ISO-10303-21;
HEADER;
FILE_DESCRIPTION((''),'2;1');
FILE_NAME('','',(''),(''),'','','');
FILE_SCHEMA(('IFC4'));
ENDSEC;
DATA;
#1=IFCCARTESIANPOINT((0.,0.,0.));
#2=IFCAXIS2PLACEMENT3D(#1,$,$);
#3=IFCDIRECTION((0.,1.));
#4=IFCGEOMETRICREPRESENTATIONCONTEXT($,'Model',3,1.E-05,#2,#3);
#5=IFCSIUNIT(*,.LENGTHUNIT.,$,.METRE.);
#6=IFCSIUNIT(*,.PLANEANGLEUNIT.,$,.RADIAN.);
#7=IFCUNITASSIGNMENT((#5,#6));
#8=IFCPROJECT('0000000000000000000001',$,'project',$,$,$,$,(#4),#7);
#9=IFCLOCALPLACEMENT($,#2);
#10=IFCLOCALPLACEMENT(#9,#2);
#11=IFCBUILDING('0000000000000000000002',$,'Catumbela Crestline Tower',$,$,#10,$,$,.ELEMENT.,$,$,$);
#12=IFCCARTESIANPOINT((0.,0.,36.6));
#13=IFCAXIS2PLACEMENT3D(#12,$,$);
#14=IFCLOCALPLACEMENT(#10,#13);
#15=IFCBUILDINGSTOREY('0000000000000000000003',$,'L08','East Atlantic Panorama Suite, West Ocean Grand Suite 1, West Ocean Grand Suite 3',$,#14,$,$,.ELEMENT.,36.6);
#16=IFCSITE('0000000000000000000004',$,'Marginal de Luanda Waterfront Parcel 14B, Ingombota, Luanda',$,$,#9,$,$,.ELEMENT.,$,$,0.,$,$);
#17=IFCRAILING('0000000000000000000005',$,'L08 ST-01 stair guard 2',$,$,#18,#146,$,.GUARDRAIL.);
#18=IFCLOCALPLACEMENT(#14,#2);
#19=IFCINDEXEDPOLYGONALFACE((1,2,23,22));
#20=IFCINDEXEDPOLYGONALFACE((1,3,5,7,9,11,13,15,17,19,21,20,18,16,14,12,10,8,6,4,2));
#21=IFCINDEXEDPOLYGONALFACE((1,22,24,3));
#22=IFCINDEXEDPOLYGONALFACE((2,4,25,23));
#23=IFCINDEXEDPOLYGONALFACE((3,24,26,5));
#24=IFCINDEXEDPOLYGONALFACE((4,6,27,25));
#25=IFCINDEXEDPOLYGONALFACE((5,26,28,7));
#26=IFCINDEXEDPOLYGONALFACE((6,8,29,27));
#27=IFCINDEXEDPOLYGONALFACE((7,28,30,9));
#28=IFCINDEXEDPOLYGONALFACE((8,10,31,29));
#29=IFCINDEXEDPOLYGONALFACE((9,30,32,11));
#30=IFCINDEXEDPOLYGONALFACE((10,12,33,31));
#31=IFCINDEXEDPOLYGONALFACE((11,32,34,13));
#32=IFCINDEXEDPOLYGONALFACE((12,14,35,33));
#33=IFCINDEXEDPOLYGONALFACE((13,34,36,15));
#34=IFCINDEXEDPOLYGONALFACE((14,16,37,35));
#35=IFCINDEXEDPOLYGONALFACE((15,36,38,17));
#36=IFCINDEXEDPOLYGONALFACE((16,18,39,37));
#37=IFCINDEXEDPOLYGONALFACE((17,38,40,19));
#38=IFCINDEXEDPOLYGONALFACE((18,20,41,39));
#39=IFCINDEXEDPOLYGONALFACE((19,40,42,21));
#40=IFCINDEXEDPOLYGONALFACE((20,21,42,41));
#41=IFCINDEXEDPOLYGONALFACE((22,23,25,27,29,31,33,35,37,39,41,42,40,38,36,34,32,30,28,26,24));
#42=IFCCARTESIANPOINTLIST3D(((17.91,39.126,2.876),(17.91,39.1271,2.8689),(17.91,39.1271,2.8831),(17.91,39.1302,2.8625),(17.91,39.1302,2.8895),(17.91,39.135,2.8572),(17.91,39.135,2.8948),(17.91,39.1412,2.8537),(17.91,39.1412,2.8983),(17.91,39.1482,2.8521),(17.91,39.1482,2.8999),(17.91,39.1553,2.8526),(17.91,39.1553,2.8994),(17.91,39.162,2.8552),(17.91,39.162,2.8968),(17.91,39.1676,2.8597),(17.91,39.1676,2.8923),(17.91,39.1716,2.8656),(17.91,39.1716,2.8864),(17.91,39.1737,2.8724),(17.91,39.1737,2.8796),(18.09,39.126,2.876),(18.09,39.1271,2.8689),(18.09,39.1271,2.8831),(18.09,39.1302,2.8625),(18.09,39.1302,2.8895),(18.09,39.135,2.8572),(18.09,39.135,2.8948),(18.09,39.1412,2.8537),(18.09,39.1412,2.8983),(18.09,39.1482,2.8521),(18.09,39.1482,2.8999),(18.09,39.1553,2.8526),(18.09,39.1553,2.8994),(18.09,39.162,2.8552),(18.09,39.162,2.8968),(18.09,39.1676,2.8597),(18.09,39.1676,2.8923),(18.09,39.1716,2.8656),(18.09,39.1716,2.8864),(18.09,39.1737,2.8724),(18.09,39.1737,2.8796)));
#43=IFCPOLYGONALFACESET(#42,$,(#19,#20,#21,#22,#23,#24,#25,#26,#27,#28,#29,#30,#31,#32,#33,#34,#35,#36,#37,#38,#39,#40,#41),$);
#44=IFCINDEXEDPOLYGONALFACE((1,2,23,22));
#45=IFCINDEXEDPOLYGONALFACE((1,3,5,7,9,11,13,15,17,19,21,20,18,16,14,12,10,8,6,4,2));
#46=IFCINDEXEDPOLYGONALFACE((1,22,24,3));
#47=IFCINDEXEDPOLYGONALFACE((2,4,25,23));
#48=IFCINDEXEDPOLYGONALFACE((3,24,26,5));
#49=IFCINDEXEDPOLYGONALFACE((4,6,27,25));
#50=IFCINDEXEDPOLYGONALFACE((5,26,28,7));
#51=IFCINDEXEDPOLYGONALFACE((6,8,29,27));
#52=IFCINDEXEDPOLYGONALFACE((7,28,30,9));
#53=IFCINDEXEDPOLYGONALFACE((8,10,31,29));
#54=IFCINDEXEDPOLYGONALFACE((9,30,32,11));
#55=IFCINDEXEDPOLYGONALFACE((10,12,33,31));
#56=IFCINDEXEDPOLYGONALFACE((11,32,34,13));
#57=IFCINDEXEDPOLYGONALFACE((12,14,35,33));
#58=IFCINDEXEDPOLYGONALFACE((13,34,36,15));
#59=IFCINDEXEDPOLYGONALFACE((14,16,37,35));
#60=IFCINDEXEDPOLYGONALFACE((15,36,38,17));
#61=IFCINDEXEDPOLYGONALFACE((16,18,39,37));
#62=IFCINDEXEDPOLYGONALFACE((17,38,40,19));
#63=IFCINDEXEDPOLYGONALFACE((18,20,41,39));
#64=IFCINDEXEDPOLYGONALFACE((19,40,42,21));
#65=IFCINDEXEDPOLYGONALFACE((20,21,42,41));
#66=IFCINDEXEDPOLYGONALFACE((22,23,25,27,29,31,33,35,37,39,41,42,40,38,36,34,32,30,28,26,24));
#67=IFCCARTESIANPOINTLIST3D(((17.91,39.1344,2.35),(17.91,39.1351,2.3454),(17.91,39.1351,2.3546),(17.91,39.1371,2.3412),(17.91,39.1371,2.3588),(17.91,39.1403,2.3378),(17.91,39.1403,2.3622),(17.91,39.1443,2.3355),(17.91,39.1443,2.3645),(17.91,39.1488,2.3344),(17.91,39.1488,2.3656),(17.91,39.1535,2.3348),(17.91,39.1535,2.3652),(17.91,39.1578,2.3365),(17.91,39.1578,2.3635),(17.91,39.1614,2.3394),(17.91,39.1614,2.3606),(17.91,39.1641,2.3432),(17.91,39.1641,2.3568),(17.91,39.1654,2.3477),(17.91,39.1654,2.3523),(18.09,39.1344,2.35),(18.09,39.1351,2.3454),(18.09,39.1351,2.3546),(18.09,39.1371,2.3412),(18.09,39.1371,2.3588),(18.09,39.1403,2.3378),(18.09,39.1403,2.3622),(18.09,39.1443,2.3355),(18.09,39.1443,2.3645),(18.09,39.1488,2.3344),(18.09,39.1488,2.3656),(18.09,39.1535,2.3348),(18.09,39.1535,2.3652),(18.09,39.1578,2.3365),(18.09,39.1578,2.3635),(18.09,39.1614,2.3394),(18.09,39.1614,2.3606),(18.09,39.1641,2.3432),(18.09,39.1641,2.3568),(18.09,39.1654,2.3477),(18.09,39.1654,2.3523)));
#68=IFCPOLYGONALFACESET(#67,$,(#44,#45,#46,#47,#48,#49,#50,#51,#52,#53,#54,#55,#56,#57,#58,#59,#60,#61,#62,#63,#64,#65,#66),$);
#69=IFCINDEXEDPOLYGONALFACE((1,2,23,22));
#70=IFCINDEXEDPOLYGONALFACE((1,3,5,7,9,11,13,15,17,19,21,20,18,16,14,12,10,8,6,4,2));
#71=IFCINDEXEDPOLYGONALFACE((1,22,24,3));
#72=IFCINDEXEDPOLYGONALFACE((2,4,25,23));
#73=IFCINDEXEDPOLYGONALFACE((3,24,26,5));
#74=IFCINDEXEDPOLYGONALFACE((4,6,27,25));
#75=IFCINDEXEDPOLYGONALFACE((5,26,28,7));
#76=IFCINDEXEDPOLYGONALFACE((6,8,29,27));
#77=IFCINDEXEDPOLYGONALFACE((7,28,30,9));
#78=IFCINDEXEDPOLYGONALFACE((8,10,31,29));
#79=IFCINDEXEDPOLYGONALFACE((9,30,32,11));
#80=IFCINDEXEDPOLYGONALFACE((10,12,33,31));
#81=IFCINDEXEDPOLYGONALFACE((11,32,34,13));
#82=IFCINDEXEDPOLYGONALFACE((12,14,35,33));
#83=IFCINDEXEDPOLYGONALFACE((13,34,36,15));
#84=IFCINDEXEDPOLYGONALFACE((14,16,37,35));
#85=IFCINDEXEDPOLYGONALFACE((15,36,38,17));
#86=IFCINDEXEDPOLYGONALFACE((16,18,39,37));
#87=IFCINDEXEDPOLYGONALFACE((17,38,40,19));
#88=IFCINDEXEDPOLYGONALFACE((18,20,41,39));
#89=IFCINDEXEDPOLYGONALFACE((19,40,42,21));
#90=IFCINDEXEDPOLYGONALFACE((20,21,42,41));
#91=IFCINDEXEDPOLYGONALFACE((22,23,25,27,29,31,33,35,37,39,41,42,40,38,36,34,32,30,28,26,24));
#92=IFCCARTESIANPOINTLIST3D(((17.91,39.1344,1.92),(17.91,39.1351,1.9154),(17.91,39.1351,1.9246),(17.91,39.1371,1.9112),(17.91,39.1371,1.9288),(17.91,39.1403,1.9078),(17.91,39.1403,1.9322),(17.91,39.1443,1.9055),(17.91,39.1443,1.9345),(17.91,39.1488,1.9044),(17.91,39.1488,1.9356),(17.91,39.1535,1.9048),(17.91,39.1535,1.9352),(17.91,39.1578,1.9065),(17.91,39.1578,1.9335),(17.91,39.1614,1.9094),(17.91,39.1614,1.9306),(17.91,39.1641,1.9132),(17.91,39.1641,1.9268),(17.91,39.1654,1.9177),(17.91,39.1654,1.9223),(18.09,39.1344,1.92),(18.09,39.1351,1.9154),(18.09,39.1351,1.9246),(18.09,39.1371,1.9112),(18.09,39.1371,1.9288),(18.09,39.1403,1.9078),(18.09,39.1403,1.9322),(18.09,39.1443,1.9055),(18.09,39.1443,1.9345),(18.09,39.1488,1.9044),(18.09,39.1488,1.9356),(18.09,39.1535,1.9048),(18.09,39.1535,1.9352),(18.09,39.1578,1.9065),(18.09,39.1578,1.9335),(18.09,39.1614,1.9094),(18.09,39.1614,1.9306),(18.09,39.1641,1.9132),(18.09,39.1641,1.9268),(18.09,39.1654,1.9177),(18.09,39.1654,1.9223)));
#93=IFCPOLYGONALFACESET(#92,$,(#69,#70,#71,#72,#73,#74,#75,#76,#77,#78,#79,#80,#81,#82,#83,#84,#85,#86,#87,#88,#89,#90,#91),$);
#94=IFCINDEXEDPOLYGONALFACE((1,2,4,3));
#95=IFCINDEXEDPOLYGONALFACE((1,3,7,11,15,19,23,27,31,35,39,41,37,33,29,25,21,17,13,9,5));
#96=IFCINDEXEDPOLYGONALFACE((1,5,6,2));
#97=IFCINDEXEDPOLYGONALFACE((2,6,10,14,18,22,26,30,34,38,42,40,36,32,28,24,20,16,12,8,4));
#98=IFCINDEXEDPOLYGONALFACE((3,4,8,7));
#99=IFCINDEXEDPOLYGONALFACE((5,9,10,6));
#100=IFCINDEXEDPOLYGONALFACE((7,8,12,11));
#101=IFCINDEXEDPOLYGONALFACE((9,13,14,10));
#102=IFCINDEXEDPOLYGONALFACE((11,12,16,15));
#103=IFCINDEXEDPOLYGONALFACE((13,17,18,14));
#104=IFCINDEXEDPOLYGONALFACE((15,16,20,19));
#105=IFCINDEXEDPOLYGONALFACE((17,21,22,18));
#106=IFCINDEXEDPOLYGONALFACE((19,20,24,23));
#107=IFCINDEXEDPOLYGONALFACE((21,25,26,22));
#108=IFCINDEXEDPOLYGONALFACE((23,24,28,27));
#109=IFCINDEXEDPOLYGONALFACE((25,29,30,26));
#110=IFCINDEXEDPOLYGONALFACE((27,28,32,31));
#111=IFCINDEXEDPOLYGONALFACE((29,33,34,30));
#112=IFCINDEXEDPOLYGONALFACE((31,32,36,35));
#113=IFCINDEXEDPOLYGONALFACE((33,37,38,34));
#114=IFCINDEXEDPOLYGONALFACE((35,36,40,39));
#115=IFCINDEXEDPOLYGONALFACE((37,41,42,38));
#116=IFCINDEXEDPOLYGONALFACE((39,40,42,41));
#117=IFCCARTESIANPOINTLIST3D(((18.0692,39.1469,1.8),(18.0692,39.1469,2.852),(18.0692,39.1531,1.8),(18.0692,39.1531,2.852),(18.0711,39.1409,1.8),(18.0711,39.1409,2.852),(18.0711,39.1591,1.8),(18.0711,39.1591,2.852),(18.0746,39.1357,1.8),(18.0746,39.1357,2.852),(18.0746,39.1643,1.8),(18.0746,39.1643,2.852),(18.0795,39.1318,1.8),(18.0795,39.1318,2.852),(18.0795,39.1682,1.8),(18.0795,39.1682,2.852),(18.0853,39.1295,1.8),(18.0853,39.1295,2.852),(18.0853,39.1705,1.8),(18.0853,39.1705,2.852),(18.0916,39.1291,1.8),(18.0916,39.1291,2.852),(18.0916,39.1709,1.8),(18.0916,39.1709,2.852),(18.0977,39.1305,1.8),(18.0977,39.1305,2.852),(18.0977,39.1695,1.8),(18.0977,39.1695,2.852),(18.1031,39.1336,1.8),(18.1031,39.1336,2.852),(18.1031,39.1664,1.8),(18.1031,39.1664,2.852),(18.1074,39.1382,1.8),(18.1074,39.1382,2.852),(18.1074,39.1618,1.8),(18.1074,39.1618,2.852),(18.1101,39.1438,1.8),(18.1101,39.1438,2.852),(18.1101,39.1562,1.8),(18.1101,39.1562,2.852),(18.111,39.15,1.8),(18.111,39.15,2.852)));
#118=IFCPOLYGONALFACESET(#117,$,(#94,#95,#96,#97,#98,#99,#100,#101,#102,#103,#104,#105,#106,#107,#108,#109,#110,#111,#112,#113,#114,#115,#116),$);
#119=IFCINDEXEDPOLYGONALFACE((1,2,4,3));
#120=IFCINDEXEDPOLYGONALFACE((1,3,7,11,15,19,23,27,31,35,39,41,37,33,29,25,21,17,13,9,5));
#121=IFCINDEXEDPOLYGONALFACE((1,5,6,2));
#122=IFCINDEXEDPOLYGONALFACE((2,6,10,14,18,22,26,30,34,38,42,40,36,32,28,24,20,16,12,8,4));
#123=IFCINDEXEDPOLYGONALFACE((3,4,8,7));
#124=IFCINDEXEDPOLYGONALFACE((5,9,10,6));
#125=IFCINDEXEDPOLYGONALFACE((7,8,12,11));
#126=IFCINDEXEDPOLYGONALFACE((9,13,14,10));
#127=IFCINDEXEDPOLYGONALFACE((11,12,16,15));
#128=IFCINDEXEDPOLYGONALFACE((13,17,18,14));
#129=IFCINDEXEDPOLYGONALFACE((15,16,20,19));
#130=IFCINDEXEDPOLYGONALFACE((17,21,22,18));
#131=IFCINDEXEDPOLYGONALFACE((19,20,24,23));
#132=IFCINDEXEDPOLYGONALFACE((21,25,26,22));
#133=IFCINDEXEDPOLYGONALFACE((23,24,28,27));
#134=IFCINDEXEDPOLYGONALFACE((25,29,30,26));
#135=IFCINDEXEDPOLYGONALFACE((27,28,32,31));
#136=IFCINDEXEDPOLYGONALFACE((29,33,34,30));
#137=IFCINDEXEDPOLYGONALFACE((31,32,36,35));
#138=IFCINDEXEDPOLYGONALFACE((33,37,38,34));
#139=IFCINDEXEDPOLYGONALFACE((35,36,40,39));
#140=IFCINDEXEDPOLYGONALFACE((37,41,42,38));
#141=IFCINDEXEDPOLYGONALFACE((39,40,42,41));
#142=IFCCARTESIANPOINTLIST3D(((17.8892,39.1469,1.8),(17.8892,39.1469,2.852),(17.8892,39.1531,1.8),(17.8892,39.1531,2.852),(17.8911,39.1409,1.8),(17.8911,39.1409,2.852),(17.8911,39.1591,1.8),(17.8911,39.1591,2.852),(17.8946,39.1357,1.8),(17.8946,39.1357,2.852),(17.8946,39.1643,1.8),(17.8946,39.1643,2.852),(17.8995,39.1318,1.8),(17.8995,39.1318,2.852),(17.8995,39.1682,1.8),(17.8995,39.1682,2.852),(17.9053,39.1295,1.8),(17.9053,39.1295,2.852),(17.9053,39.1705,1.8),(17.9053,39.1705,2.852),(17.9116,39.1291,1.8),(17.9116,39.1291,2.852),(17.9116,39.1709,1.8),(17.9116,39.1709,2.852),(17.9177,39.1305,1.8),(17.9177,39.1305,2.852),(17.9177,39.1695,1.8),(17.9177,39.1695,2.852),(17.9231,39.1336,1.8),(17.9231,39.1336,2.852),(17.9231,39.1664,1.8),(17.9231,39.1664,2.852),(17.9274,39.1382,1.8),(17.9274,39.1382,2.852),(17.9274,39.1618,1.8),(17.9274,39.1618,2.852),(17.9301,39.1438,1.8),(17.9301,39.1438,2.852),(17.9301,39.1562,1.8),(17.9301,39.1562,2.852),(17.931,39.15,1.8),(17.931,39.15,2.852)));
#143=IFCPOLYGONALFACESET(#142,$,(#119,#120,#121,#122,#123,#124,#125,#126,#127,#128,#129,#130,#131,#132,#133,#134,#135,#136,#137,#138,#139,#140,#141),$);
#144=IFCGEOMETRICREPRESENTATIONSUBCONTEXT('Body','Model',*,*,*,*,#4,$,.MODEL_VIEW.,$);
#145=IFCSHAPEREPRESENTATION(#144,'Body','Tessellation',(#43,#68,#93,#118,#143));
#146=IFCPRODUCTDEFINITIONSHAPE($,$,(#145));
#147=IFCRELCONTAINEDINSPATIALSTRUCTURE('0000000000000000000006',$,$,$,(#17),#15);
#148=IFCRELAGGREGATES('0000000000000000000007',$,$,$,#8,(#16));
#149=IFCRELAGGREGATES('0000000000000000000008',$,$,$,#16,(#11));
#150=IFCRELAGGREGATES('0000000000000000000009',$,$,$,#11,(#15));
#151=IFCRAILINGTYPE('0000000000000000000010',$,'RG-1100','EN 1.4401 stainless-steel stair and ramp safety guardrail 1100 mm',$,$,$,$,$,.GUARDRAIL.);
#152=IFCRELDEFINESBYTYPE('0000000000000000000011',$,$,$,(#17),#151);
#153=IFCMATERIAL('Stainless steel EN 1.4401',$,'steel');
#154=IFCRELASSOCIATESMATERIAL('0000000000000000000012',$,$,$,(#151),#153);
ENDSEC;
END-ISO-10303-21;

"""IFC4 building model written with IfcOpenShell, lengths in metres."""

from ifc_helpers import new_model, si_unit, direction, frame, origin, origin_2d, place, context, subcontext, project, spatial, circle, extrude, material, type_object, element, save


model = new_model("IFC4")

# Units and contexts
model_context = context("Model", 3, precision=1e-05, world=origin(), true_north=direction((0.0, 1.0)))
body_context = subcontext(model_context, "Body", "Model", "MODEL_VIEW")
ifc_project = project(units=[si_unit("LENGTHUNIT", "METRE"), si_unit("PLANEANGLEUNIT", "RADIAN")], contexts=[model_context])

# Site, building, storey
site_placement = place(None, origin())
site = spatial("IfcSite", under=ifc_project, at=site_placement, Name="Marginal de Luanda Waterfront Parcel 14B, Ingombota, Luanda", CompositionType="ELEMENT", RefElevation=0.0)
building_placement = place(site_placement, origin())
building = spatial("IfcBuilding", under=site, at=building_placement, Name="Catumbela Crestline Tower", CompositionType="ELEMENT")
storey_placement = place(building_placement, frame((0.0, 0.0, 36.6)))
storey = spatial("IfcBuildingStorey", under=building, at=storey_placement, Name="L08", Description="East Atlantic Panorama Suite, West Ocean Grand Suite 1, West Ocean Grand Suite 3", CompositionType="ELEMENT", Elevation=36.6)

# Shared definitions
ifc_material_1 = material(Name="Stainless steel EN 1.4401", Category="steel")

# Railing
railing_type_1 = type_object("IfcRailingType", Name="RG-1100", Description="EN 1.4401 stainless-steel stair and ramp safety guardrail 1100 mm", PredefinedType="GUARDRAIL", material=ifc_material_1)
railing_1_placement = place(storey_placement, frame((18.09, 39.15, 1.8)))
element("IfcRailing", 1, at=railing_1_placement, inside=storey, type_object=railing_type_1, Name="L08 ST-01 stair guard 2", PredefinedType="GUARDRAIL", context=body_context, shape_type="SweptSolid", body=[
    extrude(circle(Radius=0.024, at=origin_2d()), frame((0.0, 0.0, 1.076), z_axis=(-1.0, 0.0, 0.0), x_axis=(0.0, -1.0, 0.0)), (0.0, 0.0, 1.0), 0.18),
    extrude(circle(Radius=0.0156, at=origin_2d()), frame((0.0, 0.0, 0.55), z_axis=(-1.0, 0.0, 0.0), x_axis=(0.0, -1.0, 0.0)), (0.0, 0.0, 1.0), 0.18),
    extrude(circle(Radius=0.0156, at=origin_2d()), frame((0.0, 0.0, 0.12), z_axis=(-1.0, 0.0, 0.0), x_axis=(0.0, -1.0, 0.0)), (0.0, 0.0, 1.0), 0.18),
    extrude(circle(Radius=0.021, at=origin_2d()), origin(), (0.0, 0.0, 1.0), 1.052),
    extrude(circle(Radius=0.021, at=origin_2d()), frame((-0.18, 0.0, 0.0)), (0.0, 0.0, 1.0), 1.052),
])

save(model, "model.ifc")
